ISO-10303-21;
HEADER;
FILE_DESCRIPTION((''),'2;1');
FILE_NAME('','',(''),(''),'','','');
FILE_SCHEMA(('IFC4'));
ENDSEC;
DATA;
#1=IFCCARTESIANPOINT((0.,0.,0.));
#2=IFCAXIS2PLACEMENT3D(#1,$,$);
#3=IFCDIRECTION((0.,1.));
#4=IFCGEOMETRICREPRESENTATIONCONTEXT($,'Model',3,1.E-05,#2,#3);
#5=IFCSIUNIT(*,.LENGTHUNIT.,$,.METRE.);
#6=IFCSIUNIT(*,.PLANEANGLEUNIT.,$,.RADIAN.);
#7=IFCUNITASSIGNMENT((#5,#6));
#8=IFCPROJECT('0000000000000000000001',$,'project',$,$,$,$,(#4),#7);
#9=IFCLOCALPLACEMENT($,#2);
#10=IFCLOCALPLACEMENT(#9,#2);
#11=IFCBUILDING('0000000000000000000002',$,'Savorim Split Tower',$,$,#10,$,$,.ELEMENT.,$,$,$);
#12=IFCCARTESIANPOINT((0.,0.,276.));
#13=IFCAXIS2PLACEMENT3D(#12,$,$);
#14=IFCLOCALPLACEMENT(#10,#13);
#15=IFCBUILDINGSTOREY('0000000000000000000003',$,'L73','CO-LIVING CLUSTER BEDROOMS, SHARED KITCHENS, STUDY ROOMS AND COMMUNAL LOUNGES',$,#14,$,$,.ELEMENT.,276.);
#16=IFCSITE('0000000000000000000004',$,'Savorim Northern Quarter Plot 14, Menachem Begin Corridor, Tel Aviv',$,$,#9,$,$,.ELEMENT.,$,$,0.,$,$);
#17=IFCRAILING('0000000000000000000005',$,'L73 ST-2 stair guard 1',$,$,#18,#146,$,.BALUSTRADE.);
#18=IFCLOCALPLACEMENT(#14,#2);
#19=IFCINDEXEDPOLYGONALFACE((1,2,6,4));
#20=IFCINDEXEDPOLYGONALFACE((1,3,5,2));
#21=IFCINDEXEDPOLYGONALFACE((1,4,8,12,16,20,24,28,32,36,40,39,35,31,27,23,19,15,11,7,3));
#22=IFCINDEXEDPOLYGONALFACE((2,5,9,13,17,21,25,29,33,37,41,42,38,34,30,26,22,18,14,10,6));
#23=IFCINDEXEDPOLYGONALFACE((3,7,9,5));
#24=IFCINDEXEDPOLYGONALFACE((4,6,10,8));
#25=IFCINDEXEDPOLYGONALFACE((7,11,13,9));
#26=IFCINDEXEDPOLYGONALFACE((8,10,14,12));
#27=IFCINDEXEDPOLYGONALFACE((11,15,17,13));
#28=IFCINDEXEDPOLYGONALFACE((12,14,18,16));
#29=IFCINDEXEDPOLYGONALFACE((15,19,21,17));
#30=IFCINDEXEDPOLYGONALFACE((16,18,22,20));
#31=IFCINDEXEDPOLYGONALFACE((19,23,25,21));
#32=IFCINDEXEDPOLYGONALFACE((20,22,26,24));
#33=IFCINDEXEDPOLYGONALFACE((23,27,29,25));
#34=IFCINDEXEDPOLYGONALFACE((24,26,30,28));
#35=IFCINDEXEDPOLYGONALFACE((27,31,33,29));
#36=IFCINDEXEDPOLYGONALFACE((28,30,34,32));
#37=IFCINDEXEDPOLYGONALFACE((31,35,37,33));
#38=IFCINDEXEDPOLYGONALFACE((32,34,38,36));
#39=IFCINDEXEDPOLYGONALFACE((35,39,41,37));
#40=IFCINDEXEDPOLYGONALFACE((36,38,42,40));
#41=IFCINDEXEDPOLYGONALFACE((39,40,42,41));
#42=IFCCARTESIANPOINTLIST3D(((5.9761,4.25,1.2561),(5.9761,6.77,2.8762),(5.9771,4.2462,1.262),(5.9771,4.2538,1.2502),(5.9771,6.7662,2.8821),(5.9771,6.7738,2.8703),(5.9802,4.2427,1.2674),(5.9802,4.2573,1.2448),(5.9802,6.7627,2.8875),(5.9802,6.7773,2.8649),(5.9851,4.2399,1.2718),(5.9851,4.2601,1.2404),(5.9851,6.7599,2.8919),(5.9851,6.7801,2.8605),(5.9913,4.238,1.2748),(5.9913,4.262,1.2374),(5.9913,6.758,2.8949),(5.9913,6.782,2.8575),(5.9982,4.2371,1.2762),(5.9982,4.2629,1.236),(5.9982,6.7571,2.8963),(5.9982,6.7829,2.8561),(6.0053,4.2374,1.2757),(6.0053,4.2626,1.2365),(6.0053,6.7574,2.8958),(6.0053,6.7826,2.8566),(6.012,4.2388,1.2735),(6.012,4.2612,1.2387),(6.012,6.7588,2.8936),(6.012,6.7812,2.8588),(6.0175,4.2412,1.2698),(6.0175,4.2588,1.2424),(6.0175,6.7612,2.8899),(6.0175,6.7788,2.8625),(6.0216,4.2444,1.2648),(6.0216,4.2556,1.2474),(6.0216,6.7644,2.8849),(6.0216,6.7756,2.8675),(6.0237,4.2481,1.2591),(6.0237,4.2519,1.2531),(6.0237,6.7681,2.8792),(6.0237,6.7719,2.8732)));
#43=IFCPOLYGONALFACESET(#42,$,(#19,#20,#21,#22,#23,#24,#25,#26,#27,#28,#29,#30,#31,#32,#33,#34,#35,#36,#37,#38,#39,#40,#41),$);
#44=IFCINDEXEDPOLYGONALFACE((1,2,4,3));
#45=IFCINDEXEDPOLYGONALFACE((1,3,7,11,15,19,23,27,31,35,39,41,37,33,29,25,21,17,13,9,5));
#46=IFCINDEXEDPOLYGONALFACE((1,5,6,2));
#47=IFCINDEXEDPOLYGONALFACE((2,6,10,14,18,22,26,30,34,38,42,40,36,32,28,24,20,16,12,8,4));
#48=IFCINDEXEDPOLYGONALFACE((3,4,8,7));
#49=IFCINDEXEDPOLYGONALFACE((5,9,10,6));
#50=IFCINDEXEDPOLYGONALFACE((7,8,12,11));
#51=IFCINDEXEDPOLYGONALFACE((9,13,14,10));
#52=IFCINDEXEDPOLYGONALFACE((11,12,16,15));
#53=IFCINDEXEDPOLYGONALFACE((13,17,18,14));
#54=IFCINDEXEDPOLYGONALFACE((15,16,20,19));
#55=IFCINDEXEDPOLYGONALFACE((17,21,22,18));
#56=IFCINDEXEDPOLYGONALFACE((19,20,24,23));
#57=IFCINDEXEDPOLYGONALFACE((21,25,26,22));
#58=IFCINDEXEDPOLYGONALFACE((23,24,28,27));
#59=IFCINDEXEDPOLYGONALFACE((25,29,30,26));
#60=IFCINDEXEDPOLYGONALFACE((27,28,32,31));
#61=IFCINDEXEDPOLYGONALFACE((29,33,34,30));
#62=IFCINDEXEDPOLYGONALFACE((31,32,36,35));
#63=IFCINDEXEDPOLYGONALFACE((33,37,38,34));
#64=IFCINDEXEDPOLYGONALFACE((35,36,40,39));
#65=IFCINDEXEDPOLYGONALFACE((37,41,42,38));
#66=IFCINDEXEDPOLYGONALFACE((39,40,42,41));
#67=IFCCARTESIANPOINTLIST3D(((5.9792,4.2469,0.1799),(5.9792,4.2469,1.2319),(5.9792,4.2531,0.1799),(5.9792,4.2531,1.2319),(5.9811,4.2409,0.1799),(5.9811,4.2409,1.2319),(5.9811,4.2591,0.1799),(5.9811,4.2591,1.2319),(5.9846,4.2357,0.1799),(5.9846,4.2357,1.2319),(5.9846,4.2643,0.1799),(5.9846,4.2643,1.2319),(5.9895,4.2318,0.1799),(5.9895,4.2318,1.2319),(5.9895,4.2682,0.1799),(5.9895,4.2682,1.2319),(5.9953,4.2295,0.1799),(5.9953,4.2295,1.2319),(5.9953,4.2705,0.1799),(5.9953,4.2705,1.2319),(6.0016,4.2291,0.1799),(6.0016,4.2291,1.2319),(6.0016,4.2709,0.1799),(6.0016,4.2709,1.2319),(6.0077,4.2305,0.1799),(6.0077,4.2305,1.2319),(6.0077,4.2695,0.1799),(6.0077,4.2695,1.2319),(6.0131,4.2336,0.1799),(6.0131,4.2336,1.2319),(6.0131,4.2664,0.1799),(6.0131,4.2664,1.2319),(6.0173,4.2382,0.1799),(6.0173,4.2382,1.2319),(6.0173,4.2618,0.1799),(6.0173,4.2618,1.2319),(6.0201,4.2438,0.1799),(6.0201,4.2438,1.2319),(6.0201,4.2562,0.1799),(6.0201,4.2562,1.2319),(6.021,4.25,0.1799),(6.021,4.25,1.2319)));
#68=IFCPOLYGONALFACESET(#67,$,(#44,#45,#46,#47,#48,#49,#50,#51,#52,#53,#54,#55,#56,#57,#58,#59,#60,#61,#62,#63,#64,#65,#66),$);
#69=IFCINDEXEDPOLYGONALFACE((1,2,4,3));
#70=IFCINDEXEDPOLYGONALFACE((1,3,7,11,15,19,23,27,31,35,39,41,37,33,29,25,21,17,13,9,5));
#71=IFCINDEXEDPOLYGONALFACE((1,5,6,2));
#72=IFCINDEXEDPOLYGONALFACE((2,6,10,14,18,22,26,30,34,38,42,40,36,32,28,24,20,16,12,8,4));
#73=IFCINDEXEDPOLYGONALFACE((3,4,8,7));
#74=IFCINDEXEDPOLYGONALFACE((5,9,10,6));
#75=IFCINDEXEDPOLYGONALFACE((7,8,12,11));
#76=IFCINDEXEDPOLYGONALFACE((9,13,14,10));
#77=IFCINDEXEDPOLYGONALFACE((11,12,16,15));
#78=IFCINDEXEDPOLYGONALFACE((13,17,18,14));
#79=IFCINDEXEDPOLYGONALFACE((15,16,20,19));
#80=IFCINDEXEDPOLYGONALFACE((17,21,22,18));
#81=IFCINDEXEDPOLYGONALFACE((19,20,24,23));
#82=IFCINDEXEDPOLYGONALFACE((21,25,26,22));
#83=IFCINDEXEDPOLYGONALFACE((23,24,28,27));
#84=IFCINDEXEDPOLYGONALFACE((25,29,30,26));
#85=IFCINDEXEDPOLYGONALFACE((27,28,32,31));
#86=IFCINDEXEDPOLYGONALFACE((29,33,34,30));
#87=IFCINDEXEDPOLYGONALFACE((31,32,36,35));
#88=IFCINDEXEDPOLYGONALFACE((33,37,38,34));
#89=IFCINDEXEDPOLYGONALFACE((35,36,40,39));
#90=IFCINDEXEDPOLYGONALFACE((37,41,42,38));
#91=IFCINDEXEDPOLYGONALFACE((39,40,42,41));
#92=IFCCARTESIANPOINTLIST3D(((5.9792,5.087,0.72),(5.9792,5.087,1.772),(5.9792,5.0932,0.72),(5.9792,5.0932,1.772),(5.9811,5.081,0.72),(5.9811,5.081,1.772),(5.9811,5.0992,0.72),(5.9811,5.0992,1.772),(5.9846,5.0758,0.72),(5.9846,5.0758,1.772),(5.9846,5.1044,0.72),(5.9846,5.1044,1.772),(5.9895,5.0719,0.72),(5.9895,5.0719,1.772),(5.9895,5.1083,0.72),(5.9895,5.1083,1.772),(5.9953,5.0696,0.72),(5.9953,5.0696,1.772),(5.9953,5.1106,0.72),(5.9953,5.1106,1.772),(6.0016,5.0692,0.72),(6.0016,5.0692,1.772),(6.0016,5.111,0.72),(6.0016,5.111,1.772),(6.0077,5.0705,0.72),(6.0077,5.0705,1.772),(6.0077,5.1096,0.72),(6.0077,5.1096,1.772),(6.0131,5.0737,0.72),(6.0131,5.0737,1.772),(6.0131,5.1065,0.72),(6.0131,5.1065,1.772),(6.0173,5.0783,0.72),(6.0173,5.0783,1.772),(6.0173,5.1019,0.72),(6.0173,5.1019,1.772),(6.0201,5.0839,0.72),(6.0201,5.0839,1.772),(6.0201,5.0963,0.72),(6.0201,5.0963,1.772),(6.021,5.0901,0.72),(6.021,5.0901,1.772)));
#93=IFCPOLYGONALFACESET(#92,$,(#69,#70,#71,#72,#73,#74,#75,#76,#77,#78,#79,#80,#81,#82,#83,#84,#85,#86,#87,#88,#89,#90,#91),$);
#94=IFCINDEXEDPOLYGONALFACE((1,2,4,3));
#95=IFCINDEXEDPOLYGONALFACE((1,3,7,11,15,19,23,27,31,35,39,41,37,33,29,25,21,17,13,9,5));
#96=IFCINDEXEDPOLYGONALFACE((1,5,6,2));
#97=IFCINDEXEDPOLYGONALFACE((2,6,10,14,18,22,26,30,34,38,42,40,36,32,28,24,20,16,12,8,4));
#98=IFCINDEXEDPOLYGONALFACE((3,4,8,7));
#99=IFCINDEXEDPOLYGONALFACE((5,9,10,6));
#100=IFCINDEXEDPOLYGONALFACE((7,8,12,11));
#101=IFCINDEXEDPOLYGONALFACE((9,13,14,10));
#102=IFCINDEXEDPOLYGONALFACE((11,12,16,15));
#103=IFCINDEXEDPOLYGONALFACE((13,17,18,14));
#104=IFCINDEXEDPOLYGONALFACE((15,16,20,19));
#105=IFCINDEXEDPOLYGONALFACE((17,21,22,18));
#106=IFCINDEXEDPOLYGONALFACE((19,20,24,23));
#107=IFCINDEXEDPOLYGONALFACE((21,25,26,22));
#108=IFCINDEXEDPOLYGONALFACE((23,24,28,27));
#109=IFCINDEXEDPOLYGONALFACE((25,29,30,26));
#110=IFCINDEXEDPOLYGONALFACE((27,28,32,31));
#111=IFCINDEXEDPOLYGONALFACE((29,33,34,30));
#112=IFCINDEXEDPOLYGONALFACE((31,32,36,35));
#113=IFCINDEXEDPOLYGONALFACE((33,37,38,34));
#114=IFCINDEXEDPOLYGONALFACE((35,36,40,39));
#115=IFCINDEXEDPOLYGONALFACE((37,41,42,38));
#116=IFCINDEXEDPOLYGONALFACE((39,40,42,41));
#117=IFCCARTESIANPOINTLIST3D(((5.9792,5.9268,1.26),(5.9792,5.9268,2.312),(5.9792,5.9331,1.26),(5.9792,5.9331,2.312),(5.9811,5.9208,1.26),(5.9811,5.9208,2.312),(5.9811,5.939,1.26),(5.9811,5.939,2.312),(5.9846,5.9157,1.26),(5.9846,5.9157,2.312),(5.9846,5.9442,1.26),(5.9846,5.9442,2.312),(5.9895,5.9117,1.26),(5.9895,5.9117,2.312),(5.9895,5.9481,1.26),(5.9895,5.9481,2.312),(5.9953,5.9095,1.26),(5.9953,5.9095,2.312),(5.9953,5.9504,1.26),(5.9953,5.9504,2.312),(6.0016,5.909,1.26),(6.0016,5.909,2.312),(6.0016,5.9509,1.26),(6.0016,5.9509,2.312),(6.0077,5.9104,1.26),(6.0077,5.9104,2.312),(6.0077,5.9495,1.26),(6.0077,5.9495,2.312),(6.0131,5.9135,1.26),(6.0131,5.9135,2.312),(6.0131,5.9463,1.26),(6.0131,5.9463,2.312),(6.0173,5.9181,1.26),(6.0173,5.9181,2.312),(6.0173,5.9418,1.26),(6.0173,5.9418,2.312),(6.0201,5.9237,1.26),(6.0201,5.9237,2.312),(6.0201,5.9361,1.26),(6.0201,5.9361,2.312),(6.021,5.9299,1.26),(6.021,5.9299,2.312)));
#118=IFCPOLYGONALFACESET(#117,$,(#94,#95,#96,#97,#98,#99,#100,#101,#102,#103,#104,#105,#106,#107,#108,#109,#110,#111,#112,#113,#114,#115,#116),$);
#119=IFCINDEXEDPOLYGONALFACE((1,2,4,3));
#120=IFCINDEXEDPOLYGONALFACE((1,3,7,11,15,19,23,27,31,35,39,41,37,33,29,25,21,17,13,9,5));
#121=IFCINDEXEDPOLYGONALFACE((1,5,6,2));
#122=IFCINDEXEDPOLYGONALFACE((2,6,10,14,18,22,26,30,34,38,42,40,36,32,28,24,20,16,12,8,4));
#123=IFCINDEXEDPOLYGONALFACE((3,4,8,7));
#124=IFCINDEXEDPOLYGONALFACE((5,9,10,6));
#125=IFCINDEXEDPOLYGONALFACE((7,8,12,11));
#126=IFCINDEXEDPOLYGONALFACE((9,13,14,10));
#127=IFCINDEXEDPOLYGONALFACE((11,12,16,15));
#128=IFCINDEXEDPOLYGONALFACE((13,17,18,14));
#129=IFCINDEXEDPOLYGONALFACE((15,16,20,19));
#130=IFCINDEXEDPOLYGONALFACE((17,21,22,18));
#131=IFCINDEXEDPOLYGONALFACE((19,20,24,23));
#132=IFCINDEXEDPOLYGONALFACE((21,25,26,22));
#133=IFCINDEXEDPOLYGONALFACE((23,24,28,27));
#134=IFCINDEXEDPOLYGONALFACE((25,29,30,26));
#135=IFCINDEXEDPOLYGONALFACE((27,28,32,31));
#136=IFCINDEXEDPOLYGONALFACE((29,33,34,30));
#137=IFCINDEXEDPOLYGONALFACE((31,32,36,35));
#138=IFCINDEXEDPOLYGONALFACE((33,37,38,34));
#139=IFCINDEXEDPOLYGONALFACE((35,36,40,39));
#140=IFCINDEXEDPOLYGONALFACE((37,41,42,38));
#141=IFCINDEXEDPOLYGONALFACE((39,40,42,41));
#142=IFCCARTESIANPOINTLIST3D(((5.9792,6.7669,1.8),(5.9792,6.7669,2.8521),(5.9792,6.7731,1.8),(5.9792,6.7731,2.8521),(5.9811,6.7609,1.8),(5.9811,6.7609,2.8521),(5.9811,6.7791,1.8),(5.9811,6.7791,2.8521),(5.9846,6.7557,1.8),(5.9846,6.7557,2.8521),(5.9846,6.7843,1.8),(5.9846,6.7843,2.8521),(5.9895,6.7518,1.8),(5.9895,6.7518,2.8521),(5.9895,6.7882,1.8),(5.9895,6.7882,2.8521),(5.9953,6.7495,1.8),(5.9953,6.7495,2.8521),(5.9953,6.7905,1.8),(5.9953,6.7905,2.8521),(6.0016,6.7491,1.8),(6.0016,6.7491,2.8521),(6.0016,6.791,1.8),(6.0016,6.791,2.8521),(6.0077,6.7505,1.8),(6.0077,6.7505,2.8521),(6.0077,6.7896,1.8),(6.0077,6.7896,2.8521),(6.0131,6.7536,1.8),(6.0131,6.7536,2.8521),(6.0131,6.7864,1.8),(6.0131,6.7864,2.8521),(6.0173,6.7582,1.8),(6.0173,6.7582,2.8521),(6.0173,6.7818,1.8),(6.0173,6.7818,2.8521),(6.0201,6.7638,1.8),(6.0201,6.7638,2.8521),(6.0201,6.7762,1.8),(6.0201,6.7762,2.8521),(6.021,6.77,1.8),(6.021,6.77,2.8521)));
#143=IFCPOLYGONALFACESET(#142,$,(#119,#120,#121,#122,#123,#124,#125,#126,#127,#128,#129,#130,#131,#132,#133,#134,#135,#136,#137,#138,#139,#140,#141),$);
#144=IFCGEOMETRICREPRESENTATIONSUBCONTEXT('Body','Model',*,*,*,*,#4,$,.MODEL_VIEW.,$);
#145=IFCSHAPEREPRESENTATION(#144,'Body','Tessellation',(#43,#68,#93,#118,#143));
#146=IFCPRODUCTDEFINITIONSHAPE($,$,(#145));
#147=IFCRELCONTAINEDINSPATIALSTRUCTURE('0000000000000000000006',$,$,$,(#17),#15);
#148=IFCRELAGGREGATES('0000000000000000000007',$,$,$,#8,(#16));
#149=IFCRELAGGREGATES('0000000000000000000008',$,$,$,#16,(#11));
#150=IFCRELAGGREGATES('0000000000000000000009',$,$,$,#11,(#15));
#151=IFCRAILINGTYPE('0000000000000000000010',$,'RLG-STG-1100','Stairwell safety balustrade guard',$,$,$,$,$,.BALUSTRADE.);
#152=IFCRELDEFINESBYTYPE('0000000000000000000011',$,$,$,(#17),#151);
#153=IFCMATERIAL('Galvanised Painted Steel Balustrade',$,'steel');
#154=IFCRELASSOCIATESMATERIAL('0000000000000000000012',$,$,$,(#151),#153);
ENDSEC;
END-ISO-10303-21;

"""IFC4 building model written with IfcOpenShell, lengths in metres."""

from ifc_helpers import new_model, si_unit, direction, frame, origin, origin_2d, place, context, subcontext, project, spatial, circle, extrude, material, type_object, element, save


model = new_model("IFC4")

# Units and contexts
model_context = context("Model", 3, precision=1e-05, world=origin(), true_north=direction((0.0, 1.0)))
body_context = subcontext(model_context, "Body", "Model", "MODEL_VIEW")
ifc_project = project(units=[si_unit("LENGTHUNIT", "METRE"), si_unit("PLANEANGLEUNIT", "RADIAN")], contexts=[model_context])

# Site, building, storey
site_placement = place(None, origin())
site = spatial("IfcSite", under=ifc_project, at=site_placement, Name="Savorim Northern Quarter Plot 14, Menachem Begin Corridor, Tel Aviv", CompositionType="ELEMENT", RefElevation=0.0)
building_placement = place(site_placement, origin())
building = spatial("IfcBuilding", under=site, at=building_placement, Name="Savorim Split Tower", CompositionType="ELEMENT")
storey_placement = place(building_placement, frame((0.0, 0.0, 276.0)))
storey = spatial("IfcBuildingStorey", under=building, at=storey_placement, Name="L73", Description="CO-LIVING CLUSTER BEDROOMS, SHARED KITCHENS, STUDY ROOMS AND COMMUNAL LOUNGES", CompositionType="ELEMENT", Elevation=276.0)

# Railing
ifc_material_1 = material(Name="Galvanised Painted Steel Balustrade", Category="steel")
railing_type_1 = type_object("IfcRailingType", Name="RLG-STG-1100", Description="Stairwell safety balustrade guard", PredefinedType="BALUSTRADE", material=ifc_material_1)
railing_1_placement = place(storey_placement, frame((6.0, 4.25, 0.1799)))
element("IfcRailing", 1, at=railing_1_placement, inside=storey, type_object=railing_type_1, Name="L73 ST-2 stair guard 1", PredefinedType="BALUSTRADE", context=body_context, shape_type="SweptSolid", body=[
    extrude(circle(Radius=0.0239, at=origin_2d()), frame((0.0, 0.0, 1.0762), z_axis=(0.0, 0.841163, 0.540782), x_axis=(-1.0, 0.0, 0.0)), (0.0, 0.0, 1.0), 2.9958),
    extrude(circle(Radius=0.021, at=origin_2d()), origin(), (0.0, 0.0, 1.0), 1.052),
    extrude(circle(Radius=0.021, at=origin_2d()), frame((0.0, 0.8401, 0.54)), (0.0, 0.0, 1.0), 1.052),
    extrude(circle(Radius=0.021, at=origin_2d()), frame((0.0, 1.6799, 1.0801)), (0.0, 0.0, 1.0), 1.052),
    extrude(circle(Radius=0.021, at=origin_2d()), frame((0.0, 2.52, 1.6201)), (0.0, 0.0, 1.0), 1.052),
])

save(model, "model.ifc")
